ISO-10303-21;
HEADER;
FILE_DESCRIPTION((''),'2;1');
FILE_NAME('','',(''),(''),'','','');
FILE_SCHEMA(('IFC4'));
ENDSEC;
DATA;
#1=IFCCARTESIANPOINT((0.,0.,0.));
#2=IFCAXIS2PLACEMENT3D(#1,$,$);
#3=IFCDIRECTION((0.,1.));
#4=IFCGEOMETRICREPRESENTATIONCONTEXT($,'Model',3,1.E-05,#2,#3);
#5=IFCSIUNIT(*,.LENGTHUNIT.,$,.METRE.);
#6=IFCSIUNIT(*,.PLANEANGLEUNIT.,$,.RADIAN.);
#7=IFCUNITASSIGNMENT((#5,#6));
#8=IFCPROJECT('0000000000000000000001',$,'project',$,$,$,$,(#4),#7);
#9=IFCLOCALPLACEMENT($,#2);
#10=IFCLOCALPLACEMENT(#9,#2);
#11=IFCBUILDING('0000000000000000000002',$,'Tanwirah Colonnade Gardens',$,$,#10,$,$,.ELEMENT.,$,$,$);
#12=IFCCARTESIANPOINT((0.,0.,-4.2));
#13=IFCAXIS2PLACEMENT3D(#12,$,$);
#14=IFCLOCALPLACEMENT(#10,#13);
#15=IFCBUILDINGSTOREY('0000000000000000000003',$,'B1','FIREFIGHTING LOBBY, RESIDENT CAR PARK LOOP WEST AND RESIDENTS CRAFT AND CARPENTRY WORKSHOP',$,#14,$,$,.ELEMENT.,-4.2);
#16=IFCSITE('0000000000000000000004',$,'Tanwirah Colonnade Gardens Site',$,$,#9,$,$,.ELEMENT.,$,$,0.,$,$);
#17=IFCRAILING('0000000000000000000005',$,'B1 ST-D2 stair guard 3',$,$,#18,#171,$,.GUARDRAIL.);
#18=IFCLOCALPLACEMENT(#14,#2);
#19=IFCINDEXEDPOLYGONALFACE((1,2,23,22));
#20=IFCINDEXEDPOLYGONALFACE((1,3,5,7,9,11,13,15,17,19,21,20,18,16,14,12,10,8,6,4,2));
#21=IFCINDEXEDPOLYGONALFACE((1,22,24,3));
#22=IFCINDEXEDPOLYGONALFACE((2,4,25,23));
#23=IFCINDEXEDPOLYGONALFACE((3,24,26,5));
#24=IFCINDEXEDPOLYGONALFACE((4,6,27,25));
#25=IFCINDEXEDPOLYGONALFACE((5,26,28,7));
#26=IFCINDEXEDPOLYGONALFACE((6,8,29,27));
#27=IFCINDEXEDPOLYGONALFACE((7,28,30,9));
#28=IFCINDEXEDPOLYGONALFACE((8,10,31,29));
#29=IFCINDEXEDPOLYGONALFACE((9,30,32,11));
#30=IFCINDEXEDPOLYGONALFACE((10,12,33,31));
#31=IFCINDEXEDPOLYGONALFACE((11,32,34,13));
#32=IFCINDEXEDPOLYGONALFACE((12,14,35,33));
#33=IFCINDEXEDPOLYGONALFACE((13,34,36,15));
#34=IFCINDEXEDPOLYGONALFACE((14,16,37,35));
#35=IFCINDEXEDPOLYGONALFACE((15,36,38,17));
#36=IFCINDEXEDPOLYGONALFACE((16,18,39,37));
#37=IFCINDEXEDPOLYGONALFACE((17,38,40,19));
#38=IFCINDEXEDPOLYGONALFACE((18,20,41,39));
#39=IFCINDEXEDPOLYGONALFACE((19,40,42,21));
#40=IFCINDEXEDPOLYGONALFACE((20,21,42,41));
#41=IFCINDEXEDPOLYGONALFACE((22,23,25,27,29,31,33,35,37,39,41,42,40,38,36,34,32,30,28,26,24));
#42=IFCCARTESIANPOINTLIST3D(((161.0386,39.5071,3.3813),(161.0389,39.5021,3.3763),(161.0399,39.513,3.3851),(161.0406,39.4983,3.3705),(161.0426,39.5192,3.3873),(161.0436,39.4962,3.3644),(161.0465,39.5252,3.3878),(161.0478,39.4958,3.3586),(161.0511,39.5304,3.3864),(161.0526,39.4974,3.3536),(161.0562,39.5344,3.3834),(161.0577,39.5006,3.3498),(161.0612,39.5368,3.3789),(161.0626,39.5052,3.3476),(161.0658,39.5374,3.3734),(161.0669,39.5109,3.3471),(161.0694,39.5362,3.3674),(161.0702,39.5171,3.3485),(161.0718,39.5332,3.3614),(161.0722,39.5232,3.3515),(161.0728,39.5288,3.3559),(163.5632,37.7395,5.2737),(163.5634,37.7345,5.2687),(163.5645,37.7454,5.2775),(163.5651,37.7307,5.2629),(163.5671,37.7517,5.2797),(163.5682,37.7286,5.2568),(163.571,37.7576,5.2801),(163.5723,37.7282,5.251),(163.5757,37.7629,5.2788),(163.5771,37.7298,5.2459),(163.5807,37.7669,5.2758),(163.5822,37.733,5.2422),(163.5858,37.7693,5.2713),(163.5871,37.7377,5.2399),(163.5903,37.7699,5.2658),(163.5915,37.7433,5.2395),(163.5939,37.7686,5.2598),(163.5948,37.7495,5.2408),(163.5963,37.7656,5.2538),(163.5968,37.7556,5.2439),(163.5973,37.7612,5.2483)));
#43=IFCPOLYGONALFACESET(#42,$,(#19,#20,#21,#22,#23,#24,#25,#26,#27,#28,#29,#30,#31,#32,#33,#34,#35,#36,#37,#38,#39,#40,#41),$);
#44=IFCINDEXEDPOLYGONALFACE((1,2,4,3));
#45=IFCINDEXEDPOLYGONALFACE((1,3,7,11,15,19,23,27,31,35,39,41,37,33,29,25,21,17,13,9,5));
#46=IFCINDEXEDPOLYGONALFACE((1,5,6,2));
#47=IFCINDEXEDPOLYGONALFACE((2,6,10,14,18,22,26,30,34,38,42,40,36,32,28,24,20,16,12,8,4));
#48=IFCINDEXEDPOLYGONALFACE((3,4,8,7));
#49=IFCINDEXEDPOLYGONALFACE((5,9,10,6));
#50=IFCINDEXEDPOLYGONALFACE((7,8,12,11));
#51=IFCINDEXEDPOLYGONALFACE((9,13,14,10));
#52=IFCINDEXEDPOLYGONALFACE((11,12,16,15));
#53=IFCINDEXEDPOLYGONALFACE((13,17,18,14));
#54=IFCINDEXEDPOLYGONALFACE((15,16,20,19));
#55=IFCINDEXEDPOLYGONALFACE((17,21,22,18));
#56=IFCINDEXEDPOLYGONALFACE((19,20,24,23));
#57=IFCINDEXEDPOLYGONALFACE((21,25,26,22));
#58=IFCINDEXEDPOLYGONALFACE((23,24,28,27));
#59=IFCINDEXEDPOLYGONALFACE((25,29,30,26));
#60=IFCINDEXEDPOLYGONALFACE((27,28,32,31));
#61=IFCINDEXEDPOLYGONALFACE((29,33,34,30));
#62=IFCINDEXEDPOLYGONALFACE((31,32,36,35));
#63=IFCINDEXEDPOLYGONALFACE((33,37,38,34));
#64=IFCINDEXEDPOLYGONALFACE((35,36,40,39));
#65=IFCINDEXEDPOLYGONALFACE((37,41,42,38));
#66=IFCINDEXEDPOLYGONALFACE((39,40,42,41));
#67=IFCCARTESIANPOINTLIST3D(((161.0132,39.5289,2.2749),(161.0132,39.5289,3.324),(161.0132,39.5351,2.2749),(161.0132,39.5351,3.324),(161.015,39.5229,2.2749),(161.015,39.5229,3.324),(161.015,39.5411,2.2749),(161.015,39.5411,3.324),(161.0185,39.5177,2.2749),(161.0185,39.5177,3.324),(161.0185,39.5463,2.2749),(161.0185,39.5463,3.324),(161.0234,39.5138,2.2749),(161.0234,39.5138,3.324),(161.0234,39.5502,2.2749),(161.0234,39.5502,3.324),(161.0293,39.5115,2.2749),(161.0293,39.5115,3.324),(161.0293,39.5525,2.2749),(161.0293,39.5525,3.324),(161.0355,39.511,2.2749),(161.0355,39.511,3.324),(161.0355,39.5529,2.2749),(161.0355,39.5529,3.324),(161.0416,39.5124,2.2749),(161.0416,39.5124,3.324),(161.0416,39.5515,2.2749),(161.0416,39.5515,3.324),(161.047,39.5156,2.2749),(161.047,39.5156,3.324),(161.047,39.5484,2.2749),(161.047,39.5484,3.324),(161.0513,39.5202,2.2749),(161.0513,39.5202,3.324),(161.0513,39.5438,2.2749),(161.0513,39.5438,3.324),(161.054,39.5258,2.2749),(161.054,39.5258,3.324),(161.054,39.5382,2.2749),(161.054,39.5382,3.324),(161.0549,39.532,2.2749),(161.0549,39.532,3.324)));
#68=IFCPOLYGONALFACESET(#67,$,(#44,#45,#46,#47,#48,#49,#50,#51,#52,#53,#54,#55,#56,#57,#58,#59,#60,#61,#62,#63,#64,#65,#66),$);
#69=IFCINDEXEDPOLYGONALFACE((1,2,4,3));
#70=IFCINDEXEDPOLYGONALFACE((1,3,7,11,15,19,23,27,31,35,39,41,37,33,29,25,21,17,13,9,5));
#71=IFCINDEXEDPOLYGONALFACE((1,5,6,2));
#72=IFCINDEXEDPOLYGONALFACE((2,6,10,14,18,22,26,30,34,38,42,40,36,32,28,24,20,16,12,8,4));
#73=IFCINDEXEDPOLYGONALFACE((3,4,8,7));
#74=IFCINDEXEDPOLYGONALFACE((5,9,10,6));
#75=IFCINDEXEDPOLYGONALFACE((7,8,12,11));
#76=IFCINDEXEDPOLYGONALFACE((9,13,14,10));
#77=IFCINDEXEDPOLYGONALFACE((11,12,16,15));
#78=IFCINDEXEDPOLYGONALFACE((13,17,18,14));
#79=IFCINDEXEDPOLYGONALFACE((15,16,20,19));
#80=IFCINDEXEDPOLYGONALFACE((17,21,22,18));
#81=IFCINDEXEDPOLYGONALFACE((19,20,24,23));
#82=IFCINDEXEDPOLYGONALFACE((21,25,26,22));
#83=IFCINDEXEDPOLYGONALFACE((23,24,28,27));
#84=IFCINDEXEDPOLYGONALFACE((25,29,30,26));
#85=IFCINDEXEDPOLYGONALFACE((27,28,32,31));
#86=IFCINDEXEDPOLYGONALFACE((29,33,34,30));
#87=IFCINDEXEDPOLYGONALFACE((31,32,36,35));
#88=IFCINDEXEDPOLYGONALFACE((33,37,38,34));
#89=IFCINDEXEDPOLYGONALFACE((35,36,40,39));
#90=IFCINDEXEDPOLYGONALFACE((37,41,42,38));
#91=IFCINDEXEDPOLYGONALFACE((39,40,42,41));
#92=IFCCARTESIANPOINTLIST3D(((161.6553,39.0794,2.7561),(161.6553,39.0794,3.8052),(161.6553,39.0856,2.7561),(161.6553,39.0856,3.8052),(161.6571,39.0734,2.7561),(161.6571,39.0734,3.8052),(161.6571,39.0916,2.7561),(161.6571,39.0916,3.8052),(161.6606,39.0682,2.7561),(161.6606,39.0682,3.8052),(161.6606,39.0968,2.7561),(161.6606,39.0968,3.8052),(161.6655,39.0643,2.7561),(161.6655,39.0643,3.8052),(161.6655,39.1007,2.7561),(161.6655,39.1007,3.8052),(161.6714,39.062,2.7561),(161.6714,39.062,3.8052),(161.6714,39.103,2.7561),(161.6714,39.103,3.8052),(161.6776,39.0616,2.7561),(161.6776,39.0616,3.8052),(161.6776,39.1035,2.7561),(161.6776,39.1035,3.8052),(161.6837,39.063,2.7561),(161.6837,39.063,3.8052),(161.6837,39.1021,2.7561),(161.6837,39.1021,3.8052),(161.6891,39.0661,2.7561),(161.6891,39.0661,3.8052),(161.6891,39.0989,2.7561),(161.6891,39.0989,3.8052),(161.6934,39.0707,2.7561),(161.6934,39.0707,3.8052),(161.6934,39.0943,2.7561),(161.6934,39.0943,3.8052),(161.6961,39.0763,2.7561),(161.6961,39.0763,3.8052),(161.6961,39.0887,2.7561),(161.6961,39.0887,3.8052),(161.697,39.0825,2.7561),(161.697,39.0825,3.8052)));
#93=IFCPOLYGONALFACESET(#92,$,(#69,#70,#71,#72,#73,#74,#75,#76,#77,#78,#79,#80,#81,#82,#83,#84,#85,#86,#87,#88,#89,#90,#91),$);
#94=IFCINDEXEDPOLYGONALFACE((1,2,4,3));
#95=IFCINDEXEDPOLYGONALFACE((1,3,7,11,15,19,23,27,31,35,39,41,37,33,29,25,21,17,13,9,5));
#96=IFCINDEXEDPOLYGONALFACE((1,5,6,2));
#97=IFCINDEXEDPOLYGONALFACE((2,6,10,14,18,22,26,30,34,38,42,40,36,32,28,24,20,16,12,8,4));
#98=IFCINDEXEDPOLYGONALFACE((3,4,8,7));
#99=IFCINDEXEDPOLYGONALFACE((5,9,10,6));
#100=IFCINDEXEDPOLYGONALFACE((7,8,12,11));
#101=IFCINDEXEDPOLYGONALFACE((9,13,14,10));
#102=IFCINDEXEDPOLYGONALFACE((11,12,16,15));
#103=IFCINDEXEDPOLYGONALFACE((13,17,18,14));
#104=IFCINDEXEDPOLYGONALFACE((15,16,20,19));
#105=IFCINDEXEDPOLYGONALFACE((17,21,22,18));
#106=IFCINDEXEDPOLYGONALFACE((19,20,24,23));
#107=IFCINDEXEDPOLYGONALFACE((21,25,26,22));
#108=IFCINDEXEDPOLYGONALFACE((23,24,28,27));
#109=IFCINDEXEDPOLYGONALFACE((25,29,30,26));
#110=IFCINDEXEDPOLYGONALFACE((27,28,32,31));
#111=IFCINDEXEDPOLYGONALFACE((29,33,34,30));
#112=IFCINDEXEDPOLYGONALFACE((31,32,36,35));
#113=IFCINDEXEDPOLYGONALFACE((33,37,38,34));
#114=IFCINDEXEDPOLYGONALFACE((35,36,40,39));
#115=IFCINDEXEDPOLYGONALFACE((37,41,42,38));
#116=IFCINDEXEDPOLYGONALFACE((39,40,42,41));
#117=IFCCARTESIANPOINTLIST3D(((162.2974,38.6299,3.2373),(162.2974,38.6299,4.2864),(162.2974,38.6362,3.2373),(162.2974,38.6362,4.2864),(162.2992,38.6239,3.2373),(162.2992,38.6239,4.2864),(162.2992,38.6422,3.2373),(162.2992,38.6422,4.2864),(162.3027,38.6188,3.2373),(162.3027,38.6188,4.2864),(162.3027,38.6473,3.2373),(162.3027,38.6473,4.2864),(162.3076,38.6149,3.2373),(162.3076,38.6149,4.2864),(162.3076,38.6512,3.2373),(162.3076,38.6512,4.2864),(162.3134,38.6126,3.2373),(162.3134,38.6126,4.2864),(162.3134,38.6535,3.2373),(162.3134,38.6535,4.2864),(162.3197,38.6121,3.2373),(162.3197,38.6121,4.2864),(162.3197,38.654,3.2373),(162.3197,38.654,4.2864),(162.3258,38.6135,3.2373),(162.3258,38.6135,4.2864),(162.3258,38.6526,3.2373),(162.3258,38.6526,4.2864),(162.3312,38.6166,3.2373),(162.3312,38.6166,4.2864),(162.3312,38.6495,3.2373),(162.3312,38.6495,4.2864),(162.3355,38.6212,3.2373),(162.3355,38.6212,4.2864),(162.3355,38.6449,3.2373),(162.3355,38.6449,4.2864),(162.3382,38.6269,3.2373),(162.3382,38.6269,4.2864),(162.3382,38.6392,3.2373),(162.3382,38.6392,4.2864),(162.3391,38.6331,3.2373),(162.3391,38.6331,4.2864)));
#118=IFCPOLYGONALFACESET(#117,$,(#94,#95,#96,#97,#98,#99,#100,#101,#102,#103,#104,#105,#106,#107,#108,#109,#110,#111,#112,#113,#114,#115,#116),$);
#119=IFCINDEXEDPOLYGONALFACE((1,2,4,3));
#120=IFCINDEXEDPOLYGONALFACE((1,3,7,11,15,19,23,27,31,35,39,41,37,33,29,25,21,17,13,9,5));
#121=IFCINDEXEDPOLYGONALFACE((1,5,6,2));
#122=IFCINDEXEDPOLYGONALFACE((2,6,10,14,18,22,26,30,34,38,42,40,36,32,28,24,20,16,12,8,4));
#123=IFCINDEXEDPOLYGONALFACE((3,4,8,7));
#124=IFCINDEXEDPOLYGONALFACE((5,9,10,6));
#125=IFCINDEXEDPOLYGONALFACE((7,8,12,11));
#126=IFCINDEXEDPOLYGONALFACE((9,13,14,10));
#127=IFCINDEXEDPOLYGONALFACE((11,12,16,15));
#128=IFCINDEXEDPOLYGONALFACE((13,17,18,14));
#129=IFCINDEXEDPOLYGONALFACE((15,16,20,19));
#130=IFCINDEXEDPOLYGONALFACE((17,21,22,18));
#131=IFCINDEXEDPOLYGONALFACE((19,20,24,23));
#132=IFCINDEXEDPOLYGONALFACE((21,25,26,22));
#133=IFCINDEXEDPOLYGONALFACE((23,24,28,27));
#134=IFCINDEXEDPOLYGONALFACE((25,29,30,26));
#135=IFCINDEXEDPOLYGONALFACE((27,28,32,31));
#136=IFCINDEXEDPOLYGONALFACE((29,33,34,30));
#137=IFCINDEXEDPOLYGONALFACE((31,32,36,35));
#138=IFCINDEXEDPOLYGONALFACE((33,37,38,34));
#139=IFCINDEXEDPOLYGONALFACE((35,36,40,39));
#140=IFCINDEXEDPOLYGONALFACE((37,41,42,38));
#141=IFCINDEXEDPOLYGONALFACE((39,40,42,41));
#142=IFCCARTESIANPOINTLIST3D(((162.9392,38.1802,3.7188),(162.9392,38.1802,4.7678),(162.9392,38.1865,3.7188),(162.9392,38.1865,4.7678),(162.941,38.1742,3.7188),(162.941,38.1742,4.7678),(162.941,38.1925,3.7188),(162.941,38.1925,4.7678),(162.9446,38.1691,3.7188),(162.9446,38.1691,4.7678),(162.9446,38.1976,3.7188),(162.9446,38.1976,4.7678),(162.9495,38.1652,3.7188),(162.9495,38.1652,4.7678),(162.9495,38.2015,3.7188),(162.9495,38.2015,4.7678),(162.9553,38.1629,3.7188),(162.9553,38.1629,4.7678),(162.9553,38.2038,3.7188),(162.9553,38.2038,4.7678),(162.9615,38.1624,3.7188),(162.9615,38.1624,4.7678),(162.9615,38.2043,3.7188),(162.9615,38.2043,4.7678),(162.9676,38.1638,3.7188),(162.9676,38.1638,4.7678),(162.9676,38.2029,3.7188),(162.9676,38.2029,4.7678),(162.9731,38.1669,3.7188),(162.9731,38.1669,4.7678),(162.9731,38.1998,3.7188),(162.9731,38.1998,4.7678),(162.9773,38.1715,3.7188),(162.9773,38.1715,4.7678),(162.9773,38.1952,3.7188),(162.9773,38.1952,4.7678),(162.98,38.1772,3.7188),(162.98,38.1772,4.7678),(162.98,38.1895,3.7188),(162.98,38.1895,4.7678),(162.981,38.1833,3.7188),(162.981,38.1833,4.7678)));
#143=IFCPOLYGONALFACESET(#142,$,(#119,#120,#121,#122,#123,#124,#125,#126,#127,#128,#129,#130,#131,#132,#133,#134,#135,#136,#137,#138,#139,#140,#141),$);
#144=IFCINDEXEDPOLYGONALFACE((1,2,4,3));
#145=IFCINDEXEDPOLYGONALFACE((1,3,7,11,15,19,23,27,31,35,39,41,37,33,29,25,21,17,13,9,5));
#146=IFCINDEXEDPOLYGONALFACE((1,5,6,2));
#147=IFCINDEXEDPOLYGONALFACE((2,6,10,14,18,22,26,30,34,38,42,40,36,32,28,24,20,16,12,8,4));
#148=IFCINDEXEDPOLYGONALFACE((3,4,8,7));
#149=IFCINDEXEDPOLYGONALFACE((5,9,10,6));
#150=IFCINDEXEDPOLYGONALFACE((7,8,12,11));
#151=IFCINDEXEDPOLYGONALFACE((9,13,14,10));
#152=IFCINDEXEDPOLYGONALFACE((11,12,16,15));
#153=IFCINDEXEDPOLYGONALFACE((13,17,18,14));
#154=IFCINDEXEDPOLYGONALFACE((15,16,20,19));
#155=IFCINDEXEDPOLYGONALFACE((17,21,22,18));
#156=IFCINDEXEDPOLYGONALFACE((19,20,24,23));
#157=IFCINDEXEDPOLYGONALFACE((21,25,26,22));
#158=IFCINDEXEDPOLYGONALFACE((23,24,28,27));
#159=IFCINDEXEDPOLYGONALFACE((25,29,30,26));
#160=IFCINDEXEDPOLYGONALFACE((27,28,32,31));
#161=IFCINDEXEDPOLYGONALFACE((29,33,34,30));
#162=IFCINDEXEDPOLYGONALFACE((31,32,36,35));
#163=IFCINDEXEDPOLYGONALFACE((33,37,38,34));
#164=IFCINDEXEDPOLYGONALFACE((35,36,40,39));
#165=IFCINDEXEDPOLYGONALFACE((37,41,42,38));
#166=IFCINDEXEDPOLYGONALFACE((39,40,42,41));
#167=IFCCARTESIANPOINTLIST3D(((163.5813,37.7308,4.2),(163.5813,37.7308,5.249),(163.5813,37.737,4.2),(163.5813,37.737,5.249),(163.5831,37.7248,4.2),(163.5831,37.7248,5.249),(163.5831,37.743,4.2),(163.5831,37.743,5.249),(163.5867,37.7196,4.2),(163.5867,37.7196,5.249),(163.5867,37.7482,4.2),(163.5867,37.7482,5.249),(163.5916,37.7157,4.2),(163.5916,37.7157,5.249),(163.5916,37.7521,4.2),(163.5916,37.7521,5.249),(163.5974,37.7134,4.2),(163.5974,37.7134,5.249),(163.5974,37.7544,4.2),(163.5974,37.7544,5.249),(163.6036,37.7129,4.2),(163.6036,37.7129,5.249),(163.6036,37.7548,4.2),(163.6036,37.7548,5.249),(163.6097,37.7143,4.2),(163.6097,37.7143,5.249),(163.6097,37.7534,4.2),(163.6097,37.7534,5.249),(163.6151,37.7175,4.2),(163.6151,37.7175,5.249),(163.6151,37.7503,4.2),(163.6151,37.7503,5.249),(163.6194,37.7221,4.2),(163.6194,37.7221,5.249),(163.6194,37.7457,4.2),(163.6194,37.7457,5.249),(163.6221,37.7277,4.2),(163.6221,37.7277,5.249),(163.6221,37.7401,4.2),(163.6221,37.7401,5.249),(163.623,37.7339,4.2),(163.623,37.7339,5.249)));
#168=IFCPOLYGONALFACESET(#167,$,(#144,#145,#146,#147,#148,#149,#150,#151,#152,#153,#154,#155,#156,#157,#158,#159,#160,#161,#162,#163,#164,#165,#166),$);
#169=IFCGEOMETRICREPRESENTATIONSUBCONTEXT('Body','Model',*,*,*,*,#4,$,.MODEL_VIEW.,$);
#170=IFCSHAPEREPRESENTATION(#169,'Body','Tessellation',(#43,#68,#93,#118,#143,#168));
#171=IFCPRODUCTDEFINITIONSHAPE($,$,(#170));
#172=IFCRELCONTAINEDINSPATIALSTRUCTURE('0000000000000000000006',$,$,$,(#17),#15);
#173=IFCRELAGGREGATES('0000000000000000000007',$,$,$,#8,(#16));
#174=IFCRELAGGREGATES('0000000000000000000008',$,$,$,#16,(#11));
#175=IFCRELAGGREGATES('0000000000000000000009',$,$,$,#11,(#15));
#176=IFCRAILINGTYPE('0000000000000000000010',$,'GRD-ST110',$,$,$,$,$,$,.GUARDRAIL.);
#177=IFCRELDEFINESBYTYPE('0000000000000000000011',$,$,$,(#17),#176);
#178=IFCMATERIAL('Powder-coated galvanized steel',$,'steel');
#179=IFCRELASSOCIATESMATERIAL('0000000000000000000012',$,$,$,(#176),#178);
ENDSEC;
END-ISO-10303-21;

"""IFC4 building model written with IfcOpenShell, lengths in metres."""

from ifc_helpers import new_model, si_unit, direction, frame, origin, origin_2d, place, context, subcontext, project, spatial, circle, extrude, material, type_object, element, save


model = new_model("IFC4")

# Units and contexts
model_context = context("Model", 3, precision=1e-05, world=origin(), true_north=direction((0.0, 1.0)))
body_context = subcontext(model_context, "Body", "Model", "MODEL_VIEW")
ifc_project = project(units=[si_unit("LENGTHUNIT", "METRE"), si_unit("PLANEANGLEUNIT", "RADIAN")], contexts=[model_context])

# Site, building, storey
site_placement = place(None, origin())
site = spatial("IfcSite", under=ifc_project, at=site_placement, Name="Tanwirah Colonnade Gardens Site", CompositionType="ELEMENT", RefElevation=0.0)
building_placement = place(site_placement, origin())
building = spatial("IfcBuilding", under=site, at=building_placement, Name="Tanwirah Colonnade Gardens", CompositionType="ELEMENT")
storey_placement = place(building_placement, frame((0.0, 0.0, -4.2)))
storey = spatial("IfcBuildingStorey", under=building, at=storey_placement, Name="B1", Description="FIREFIGHTING LOBBY, RESIDENT CAR PARK LOOP WEST AND RESIDENTS CRAFT AND CARPENTRY WORKSHOP", CompositionType="ELEMENT", Elevation=-4.2)

# Railing
ifc_material_1 = material(Name="Powder-coated galvanized steel", Category="steel")
railing_type_1 = type_object("IfcRailingType", Name="GRD-ST110", PredefinedType="GUARDRAIL", material=ifc_material_1)
railing_1_placement = place(storey_placement, frame((161.0339, 39.532, 2.2749)))
element("IfcRailing", 1, at=railing_1_placement, inside=storey, type_object=railing_type_1, Name="B1 ST-D2 stair guard 3", PredefinedType="GUARDRAIL", context=body_context, shape_type="SweptSolid", body=[
    extrude(circle(Radius=0.0239, at=origin_2d()), frame((0.0217, -0.0154, 1.0925), z_axis=(0.698069, -0.488761, 0.52327), x_axis=(0.573551, 0.81917, 0.0)), (0.0, 0.0, 1.0), 3.6165),
    extrude(circle(Radius=0.021, at=origin_2d()), origin(), (0.0, 0.0, 1.0), 1.0491),
    extrude(circle(Radius=0.021, at=origin_2d()), frame((0.6421, -0.4495, 0.4812)), (0.0, 0.0, 1.0), 1.0491),
    extrude(circle(Radius=0.021, at=origin_2d()), frame((1.2842, -0.8989, 0.9624)), (0.0, 0.0, 1.0), 1.0491),
    extrude(circle(Radius=0.021, at=origin_2d()), frame((1.926, -1.3486, 1.4438)), (0.0, 0.0, 1.0), 1.0491),
    extrude(circle(Radius=0.021, at=origin_2d()), frame((2.5681, -1.7981, 1.925)), (0.0, 0.0, 1.0), 1.0491),
])

save(model, "model.ifc")
